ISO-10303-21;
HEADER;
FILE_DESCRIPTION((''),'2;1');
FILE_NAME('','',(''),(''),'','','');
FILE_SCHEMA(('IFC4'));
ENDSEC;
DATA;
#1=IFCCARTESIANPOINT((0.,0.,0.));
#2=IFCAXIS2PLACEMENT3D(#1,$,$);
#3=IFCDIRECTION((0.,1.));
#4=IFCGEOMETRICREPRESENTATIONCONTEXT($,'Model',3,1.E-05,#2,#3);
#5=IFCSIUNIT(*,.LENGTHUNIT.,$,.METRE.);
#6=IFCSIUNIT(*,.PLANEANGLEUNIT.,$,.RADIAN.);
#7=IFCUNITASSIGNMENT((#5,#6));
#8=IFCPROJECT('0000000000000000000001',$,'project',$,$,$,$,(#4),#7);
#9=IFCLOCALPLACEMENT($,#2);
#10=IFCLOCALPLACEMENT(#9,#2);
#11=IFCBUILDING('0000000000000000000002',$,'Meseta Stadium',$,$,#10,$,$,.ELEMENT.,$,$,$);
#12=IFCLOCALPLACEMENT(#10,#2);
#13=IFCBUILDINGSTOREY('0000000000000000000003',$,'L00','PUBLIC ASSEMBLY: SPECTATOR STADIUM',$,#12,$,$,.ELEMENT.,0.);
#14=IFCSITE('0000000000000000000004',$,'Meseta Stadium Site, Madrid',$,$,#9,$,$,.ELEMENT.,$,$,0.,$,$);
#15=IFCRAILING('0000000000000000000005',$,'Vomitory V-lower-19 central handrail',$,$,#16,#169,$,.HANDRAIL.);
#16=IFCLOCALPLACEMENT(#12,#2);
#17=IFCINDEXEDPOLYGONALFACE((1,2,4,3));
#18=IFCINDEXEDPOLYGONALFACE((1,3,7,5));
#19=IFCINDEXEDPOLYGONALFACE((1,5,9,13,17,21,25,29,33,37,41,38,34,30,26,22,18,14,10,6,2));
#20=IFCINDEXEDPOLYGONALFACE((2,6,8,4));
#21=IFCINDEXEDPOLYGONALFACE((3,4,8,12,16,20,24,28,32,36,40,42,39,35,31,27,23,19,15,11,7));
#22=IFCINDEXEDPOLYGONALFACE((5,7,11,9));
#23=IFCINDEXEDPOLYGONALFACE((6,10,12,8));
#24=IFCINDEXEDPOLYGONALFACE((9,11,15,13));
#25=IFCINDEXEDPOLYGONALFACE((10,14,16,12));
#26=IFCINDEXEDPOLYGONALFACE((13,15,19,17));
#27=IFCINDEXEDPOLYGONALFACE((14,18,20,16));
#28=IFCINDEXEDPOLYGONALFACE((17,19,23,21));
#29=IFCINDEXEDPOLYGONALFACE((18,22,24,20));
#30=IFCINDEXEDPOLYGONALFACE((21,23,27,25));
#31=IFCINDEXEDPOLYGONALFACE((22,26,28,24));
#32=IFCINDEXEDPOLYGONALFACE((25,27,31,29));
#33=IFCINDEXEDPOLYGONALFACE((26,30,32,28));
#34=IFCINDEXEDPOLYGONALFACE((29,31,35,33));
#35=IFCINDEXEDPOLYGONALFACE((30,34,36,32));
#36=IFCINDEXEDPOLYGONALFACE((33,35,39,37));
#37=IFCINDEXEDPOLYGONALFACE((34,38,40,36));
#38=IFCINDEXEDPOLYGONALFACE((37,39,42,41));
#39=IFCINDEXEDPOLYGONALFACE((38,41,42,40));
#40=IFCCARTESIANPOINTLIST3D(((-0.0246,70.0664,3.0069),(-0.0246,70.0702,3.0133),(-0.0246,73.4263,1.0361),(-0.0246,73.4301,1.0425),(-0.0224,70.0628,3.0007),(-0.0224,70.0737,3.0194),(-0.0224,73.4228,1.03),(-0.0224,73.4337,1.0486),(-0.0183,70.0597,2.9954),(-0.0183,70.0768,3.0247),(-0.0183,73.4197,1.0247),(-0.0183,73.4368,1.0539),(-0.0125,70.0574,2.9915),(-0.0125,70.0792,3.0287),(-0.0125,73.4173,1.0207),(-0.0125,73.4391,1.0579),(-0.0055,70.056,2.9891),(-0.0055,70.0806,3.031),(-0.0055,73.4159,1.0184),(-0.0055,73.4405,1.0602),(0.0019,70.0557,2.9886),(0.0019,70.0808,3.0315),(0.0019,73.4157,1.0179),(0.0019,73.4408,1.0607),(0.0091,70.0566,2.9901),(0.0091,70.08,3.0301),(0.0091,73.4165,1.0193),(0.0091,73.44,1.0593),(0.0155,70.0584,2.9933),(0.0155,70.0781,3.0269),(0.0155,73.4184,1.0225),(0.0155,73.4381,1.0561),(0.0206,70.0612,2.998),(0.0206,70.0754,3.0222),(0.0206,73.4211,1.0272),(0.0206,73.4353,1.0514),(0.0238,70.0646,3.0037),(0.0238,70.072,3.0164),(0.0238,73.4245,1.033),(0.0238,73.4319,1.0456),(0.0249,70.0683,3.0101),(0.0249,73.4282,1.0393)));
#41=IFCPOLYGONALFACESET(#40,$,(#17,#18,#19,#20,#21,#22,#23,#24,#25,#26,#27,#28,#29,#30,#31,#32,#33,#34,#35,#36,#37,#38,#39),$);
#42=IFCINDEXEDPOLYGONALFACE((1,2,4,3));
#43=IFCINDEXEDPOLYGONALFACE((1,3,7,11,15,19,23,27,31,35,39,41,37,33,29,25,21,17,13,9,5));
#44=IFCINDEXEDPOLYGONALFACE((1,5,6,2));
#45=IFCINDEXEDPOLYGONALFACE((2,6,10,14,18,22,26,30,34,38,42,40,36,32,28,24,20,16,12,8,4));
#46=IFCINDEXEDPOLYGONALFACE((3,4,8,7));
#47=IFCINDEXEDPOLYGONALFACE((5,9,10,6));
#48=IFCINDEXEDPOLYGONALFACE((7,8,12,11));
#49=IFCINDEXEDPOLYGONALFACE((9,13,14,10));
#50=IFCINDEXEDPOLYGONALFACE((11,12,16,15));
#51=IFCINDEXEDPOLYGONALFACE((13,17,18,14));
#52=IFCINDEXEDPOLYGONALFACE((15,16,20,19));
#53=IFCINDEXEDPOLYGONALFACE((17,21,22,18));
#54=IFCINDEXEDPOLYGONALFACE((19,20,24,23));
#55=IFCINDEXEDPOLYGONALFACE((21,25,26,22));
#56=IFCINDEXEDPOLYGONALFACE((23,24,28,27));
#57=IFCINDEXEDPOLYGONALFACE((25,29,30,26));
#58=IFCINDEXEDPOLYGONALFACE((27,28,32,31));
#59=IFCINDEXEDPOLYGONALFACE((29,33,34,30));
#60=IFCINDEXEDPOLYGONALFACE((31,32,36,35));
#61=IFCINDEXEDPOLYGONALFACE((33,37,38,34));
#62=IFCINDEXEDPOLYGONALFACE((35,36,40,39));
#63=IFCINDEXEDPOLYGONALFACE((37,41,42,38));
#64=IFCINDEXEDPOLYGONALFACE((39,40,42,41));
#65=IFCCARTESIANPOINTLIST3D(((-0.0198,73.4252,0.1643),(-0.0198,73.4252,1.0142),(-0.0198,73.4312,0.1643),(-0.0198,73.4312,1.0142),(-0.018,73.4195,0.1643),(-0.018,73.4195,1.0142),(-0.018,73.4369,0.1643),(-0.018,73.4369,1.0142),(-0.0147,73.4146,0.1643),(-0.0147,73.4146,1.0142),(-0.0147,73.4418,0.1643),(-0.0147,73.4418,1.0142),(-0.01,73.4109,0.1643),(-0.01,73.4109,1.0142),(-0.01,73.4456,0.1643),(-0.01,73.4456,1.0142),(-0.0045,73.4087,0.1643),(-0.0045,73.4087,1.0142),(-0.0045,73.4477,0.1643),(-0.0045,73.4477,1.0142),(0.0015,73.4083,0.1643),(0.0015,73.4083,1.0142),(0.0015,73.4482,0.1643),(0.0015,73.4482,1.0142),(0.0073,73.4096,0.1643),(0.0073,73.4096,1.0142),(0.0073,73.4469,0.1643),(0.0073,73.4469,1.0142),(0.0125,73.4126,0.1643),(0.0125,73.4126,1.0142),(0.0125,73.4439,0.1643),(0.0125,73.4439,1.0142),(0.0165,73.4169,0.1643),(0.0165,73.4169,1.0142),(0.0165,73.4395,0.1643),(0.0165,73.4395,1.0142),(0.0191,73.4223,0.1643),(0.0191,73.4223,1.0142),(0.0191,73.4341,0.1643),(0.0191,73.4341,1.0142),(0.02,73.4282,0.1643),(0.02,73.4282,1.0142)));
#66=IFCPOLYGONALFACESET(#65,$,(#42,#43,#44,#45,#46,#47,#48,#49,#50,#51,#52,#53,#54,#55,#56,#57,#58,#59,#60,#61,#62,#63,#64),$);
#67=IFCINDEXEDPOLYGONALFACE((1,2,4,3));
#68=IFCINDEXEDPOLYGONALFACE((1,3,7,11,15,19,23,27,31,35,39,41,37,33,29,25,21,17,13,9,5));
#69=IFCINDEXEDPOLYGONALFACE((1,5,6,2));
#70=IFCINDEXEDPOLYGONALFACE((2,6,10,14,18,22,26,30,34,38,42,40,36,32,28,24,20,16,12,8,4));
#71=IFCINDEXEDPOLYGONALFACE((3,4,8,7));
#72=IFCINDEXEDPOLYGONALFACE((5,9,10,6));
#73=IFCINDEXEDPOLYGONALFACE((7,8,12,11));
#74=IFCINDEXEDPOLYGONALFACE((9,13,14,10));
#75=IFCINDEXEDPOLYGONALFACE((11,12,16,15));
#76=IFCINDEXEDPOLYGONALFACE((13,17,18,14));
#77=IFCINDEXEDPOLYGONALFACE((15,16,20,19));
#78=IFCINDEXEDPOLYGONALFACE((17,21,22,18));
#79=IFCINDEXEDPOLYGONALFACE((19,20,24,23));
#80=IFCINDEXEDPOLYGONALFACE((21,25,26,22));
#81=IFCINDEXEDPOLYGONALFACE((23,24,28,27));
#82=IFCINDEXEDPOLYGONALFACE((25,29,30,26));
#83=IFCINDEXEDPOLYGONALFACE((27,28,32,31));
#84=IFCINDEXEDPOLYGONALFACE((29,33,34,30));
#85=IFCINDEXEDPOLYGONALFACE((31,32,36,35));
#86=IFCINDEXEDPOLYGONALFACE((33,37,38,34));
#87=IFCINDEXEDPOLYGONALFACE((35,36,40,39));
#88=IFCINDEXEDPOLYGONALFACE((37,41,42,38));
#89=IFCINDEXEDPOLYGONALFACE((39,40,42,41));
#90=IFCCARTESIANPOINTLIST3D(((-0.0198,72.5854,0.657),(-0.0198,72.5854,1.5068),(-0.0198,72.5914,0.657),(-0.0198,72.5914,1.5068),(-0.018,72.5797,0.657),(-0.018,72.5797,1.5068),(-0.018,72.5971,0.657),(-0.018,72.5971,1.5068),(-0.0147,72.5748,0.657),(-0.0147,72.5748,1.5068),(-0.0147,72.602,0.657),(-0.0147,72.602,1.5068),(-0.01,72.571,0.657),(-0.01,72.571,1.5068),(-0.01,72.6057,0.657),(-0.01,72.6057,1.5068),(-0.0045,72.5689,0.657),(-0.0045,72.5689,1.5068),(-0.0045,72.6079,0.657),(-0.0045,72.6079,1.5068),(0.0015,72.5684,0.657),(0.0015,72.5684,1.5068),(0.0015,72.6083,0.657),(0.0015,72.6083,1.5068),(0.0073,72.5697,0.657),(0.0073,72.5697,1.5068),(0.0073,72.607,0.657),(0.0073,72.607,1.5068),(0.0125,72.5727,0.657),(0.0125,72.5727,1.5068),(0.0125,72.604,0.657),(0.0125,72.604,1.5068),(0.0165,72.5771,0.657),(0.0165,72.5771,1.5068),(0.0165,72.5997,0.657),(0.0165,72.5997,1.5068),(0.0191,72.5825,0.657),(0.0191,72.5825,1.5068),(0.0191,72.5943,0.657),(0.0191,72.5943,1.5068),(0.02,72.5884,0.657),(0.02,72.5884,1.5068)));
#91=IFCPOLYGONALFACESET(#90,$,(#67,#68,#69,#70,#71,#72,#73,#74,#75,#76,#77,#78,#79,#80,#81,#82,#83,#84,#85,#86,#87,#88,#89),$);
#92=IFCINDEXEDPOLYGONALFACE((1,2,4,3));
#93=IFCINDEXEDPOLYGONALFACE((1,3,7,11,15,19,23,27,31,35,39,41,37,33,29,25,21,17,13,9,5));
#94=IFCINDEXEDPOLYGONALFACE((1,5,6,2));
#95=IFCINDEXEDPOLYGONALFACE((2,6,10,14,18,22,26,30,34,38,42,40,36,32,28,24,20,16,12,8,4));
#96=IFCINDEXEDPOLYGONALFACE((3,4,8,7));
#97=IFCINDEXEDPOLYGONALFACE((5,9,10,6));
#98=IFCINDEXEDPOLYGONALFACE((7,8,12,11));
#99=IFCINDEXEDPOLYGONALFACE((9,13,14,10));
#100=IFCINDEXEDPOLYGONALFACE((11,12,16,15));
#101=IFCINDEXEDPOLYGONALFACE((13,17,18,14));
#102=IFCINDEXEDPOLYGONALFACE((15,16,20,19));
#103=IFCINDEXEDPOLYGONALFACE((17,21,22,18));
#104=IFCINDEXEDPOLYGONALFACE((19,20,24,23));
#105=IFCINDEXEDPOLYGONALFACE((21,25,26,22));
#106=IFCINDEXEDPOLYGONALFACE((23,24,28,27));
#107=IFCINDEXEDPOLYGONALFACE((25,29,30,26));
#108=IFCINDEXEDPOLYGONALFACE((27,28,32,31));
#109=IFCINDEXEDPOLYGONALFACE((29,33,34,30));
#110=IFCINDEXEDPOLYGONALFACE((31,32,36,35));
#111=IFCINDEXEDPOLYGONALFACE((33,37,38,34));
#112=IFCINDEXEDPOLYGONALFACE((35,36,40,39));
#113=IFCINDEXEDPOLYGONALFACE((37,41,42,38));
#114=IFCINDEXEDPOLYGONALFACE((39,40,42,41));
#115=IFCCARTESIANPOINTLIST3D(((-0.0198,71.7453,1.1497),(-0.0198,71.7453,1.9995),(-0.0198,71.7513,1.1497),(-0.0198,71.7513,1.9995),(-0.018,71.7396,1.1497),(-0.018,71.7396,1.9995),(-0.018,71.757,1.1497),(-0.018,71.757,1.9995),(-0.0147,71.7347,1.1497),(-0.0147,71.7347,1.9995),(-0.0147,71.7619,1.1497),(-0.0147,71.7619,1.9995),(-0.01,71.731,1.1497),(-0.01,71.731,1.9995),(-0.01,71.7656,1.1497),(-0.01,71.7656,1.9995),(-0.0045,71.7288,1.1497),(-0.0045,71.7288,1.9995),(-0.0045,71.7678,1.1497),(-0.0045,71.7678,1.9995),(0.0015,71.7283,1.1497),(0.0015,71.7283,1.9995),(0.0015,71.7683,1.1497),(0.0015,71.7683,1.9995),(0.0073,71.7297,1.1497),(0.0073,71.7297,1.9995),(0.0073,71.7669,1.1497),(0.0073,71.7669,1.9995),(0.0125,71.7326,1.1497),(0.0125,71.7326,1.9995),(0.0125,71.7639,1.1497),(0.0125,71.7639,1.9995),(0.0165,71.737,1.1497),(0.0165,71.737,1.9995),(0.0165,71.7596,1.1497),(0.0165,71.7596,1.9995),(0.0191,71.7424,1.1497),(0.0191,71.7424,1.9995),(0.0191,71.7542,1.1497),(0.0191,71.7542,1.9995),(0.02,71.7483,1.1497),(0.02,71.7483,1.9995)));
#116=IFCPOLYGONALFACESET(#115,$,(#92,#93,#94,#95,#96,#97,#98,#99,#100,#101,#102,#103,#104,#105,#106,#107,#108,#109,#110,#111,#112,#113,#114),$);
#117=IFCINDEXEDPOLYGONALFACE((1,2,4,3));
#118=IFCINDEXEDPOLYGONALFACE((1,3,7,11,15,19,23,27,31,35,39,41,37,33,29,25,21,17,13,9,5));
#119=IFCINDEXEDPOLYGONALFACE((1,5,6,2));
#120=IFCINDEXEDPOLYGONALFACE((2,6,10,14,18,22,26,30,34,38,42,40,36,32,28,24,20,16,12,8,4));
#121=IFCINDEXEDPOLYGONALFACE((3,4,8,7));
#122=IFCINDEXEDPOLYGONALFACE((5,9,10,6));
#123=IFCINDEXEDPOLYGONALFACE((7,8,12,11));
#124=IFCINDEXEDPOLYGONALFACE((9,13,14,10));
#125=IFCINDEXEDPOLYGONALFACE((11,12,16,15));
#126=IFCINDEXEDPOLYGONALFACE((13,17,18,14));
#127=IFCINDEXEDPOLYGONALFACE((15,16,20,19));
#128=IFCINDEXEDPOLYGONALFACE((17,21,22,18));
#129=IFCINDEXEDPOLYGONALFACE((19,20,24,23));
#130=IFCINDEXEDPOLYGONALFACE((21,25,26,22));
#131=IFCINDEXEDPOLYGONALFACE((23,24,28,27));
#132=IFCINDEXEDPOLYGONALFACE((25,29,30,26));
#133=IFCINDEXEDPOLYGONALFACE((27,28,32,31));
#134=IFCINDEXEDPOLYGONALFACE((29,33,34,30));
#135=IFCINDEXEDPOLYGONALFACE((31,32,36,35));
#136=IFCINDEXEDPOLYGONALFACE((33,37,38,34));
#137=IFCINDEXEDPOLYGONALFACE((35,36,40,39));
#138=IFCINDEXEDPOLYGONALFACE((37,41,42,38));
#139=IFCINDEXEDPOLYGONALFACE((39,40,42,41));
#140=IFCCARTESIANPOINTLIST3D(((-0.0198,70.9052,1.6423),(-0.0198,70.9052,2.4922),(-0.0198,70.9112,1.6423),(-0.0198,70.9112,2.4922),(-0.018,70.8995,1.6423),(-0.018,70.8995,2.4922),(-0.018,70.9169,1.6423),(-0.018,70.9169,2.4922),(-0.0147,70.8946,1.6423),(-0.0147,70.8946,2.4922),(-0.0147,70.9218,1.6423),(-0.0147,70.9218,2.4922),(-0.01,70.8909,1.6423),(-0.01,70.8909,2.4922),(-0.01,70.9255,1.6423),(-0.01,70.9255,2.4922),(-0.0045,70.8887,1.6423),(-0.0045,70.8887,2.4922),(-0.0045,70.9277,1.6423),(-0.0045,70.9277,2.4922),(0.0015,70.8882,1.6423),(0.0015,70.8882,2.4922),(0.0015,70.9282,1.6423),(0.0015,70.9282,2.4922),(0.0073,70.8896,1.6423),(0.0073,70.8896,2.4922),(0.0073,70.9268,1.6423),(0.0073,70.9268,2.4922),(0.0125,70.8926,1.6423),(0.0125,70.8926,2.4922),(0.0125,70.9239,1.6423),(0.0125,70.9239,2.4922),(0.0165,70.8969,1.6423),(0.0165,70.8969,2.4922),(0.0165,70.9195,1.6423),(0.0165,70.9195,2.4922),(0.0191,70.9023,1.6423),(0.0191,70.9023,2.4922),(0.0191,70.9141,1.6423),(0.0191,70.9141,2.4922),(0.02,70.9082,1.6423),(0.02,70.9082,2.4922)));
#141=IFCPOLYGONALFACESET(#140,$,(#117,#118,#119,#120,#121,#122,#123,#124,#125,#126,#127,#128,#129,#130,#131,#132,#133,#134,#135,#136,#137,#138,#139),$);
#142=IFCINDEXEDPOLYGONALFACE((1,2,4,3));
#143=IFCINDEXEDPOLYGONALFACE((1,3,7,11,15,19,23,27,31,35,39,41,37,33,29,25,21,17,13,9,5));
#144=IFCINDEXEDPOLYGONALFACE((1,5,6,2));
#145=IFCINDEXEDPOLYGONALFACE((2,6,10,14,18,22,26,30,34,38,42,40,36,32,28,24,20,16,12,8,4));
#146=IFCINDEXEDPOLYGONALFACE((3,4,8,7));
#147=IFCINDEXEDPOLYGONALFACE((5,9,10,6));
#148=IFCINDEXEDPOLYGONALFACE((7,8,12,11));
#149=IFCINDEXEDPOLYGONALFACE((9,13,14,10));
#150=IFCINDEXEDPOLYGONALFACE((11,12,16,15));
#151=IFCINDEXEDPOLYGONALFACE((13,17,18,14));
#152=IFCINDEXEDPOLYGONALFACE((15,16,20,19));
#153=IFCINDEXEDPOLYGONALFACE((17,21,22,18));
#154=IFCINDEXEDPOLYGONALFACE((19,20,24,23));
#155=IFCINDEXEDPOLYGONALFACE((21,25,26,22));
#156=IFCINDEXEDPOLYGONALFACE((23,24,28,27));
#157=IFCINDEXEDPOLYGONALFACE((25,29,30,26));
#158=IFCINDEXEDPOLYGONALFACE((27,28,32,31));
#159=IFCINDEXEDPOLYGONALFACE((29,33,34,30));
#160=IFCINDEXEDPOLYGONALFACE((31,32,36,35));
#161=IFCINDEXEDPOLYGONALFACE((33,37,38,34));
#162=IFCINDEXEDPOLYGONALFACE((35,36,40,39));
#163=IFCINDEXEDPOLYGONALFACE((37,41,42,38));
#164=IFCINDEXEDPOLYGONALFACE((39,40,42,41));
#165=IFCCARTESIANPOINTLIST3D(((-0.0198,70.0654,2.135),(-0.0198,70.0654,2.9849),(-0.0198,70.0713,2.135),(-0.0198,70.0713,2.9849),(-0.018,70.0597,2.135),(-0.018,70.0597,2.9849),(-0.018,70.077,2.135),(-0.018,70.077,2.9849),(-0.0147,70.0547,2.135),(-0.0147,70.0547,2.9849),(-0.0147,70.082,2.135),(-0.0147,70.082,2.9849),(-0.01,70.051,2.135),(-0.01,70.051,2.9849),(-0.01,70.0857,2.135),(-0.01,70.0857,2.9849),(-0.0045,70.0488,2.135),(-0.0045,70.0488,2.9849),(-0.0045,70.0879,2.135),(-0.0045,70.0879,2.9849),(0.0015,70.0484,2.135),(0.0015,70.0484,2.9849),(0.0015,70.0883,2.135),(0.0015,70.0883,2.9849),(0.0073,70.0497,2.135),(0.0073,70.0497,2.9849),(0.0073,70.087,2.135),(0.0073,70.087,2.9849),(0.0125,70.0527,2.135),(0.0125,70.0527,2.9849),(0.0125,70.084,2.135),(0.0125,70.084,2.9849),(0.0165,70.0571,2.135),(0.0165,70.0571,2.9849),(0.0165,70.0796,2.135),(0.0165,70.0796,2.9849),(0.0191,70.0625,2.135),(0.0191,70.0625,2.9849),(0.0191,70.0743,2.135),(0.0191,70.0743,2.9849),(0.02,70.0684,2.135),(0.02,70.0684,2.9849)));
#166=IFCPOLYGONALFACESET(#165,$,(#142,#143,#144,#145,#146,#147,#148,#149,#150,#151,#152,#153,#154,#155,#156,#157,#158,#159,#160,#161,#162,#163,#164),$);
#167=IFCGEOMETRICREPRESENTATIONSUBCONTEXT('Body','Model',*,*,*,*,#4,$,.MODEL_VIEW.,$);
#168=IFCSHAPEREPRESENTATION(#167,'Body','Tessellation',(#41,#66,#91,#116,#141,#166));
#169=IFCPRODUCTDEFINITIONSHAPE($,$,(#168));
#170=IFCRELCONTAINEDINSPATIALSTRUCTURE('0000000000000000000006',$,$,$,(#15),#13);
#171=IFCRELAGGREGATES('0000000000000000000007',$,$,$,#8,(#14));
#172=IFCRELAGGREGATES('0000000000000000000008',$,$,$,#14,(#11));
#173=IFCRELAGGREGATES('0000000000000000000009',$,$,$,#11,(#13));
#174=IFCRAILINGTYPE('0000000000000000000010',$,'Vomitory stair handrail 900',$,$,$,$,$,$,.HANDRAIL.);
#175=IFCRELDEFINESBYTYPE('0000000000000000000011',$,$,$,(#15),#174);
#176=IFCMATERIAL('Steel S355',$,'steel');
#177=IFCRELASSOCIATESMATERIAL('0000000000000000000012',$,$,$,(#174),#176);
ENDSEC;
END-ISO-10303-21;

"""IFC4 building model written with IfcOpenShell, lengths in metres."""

from ifc_helpers import new_model, si_unit, direction, frame, origin, origin_2d, place, context, subcontext, project, spatial, circle, extrude, material, type_object, element, save


model = new_model("IFC4")

# Units and contexts
model_context = context("Model", 3, precision=1e-05, world=origin(), true_north=direction((0.0, 1.0)))
body_context = subcontext(model_context, "Body", "Model", "MODEL_VIEW")
ifc_project = project(units=[si_unit("LENGTHUNIT", "METRE"), si_unit("PLANEANGLEUNIT", "RADIAN")], contexts=[model_context])

# Site, building, storey
site_placement = place(None, origin())
site = spatial("IfcSite", under=ifc_project, at=site_placement, Name="Meseta Stadium Site, Madrid", CompositionType="ELEMENT", RefElevation=0.0)
building_placement = place(site_placement, origin())
building = spatial("IfcBuilding", under=site, at=building_placement, Name="Meseta Stadium", CompositionType="ELEMENT")
storey_placement = place(building_placement, origin())
storey = spatial("IfcBuildingStorey", under=building, at=storey_placement, Name="L00", Description="PUBLIC ASSEMBLY: SPECTATOR STADIUM", CompositionType="ELEMENT", Elevation=0.0)

# Railing
ifc_material_1 = material(Name="Steel S355", Category="steel")
railing_type_1 = type_object("IfcRailingType", Name="Vomitory stair handrail 900", PredefinedType="HANDRAIL", material=ifc_material_1)
railing_1_placement = place(storey_placement, frame((0.0, 73.4282, 0.1643)))
element("IfcRailing", 1, at=railing_1_placement, inside=storey, type_object=railing_type_1, Name="Vomitory V-lower-19 central handrail", PredefinedType="HANDRAIL", context=body_context, shape_type="SweptSolid", body=[
    extrude(circle(Radius=0.0249, at=origin_2d()), frame((0.0, 0.0, 0.875), z_axis=(0.0, -0.862572, 0.505935), x_axis=(1.0, 0.0, 0.0)), (0.0, 0.0, 1.0), 3.8953),
    extrude(circle(Radius=0.02, at=origin_2d()), origin(), (0.0, 0.0, 1.0), 0.8499),
    extrude(circle(Radius=0.02, at=origin_2d()), frame((0.0, -0.8398, 0.4927)), (0.0, 0.0, 1.0), 0.8499),
    extrude(circle(Radius=0.02, at=origin_2d()), frame((0.0, -1.6799, 0.9854)), (0.0, 0.0, 1.0), 0.8499),
    extrude(circle(Radius=0.02, at=origin_2d()), frame((0.0, -2.52, 1.478)), (0.0, 0.0, 1.0), 0.8499),
    extrude(circle(Radius=0.02, at=origin_2d()), frame((0.0, -3.3599, 1.9707)), (0.0, 0.0, 1.0), 0.8499),
])

save(model, "model.ifc")
